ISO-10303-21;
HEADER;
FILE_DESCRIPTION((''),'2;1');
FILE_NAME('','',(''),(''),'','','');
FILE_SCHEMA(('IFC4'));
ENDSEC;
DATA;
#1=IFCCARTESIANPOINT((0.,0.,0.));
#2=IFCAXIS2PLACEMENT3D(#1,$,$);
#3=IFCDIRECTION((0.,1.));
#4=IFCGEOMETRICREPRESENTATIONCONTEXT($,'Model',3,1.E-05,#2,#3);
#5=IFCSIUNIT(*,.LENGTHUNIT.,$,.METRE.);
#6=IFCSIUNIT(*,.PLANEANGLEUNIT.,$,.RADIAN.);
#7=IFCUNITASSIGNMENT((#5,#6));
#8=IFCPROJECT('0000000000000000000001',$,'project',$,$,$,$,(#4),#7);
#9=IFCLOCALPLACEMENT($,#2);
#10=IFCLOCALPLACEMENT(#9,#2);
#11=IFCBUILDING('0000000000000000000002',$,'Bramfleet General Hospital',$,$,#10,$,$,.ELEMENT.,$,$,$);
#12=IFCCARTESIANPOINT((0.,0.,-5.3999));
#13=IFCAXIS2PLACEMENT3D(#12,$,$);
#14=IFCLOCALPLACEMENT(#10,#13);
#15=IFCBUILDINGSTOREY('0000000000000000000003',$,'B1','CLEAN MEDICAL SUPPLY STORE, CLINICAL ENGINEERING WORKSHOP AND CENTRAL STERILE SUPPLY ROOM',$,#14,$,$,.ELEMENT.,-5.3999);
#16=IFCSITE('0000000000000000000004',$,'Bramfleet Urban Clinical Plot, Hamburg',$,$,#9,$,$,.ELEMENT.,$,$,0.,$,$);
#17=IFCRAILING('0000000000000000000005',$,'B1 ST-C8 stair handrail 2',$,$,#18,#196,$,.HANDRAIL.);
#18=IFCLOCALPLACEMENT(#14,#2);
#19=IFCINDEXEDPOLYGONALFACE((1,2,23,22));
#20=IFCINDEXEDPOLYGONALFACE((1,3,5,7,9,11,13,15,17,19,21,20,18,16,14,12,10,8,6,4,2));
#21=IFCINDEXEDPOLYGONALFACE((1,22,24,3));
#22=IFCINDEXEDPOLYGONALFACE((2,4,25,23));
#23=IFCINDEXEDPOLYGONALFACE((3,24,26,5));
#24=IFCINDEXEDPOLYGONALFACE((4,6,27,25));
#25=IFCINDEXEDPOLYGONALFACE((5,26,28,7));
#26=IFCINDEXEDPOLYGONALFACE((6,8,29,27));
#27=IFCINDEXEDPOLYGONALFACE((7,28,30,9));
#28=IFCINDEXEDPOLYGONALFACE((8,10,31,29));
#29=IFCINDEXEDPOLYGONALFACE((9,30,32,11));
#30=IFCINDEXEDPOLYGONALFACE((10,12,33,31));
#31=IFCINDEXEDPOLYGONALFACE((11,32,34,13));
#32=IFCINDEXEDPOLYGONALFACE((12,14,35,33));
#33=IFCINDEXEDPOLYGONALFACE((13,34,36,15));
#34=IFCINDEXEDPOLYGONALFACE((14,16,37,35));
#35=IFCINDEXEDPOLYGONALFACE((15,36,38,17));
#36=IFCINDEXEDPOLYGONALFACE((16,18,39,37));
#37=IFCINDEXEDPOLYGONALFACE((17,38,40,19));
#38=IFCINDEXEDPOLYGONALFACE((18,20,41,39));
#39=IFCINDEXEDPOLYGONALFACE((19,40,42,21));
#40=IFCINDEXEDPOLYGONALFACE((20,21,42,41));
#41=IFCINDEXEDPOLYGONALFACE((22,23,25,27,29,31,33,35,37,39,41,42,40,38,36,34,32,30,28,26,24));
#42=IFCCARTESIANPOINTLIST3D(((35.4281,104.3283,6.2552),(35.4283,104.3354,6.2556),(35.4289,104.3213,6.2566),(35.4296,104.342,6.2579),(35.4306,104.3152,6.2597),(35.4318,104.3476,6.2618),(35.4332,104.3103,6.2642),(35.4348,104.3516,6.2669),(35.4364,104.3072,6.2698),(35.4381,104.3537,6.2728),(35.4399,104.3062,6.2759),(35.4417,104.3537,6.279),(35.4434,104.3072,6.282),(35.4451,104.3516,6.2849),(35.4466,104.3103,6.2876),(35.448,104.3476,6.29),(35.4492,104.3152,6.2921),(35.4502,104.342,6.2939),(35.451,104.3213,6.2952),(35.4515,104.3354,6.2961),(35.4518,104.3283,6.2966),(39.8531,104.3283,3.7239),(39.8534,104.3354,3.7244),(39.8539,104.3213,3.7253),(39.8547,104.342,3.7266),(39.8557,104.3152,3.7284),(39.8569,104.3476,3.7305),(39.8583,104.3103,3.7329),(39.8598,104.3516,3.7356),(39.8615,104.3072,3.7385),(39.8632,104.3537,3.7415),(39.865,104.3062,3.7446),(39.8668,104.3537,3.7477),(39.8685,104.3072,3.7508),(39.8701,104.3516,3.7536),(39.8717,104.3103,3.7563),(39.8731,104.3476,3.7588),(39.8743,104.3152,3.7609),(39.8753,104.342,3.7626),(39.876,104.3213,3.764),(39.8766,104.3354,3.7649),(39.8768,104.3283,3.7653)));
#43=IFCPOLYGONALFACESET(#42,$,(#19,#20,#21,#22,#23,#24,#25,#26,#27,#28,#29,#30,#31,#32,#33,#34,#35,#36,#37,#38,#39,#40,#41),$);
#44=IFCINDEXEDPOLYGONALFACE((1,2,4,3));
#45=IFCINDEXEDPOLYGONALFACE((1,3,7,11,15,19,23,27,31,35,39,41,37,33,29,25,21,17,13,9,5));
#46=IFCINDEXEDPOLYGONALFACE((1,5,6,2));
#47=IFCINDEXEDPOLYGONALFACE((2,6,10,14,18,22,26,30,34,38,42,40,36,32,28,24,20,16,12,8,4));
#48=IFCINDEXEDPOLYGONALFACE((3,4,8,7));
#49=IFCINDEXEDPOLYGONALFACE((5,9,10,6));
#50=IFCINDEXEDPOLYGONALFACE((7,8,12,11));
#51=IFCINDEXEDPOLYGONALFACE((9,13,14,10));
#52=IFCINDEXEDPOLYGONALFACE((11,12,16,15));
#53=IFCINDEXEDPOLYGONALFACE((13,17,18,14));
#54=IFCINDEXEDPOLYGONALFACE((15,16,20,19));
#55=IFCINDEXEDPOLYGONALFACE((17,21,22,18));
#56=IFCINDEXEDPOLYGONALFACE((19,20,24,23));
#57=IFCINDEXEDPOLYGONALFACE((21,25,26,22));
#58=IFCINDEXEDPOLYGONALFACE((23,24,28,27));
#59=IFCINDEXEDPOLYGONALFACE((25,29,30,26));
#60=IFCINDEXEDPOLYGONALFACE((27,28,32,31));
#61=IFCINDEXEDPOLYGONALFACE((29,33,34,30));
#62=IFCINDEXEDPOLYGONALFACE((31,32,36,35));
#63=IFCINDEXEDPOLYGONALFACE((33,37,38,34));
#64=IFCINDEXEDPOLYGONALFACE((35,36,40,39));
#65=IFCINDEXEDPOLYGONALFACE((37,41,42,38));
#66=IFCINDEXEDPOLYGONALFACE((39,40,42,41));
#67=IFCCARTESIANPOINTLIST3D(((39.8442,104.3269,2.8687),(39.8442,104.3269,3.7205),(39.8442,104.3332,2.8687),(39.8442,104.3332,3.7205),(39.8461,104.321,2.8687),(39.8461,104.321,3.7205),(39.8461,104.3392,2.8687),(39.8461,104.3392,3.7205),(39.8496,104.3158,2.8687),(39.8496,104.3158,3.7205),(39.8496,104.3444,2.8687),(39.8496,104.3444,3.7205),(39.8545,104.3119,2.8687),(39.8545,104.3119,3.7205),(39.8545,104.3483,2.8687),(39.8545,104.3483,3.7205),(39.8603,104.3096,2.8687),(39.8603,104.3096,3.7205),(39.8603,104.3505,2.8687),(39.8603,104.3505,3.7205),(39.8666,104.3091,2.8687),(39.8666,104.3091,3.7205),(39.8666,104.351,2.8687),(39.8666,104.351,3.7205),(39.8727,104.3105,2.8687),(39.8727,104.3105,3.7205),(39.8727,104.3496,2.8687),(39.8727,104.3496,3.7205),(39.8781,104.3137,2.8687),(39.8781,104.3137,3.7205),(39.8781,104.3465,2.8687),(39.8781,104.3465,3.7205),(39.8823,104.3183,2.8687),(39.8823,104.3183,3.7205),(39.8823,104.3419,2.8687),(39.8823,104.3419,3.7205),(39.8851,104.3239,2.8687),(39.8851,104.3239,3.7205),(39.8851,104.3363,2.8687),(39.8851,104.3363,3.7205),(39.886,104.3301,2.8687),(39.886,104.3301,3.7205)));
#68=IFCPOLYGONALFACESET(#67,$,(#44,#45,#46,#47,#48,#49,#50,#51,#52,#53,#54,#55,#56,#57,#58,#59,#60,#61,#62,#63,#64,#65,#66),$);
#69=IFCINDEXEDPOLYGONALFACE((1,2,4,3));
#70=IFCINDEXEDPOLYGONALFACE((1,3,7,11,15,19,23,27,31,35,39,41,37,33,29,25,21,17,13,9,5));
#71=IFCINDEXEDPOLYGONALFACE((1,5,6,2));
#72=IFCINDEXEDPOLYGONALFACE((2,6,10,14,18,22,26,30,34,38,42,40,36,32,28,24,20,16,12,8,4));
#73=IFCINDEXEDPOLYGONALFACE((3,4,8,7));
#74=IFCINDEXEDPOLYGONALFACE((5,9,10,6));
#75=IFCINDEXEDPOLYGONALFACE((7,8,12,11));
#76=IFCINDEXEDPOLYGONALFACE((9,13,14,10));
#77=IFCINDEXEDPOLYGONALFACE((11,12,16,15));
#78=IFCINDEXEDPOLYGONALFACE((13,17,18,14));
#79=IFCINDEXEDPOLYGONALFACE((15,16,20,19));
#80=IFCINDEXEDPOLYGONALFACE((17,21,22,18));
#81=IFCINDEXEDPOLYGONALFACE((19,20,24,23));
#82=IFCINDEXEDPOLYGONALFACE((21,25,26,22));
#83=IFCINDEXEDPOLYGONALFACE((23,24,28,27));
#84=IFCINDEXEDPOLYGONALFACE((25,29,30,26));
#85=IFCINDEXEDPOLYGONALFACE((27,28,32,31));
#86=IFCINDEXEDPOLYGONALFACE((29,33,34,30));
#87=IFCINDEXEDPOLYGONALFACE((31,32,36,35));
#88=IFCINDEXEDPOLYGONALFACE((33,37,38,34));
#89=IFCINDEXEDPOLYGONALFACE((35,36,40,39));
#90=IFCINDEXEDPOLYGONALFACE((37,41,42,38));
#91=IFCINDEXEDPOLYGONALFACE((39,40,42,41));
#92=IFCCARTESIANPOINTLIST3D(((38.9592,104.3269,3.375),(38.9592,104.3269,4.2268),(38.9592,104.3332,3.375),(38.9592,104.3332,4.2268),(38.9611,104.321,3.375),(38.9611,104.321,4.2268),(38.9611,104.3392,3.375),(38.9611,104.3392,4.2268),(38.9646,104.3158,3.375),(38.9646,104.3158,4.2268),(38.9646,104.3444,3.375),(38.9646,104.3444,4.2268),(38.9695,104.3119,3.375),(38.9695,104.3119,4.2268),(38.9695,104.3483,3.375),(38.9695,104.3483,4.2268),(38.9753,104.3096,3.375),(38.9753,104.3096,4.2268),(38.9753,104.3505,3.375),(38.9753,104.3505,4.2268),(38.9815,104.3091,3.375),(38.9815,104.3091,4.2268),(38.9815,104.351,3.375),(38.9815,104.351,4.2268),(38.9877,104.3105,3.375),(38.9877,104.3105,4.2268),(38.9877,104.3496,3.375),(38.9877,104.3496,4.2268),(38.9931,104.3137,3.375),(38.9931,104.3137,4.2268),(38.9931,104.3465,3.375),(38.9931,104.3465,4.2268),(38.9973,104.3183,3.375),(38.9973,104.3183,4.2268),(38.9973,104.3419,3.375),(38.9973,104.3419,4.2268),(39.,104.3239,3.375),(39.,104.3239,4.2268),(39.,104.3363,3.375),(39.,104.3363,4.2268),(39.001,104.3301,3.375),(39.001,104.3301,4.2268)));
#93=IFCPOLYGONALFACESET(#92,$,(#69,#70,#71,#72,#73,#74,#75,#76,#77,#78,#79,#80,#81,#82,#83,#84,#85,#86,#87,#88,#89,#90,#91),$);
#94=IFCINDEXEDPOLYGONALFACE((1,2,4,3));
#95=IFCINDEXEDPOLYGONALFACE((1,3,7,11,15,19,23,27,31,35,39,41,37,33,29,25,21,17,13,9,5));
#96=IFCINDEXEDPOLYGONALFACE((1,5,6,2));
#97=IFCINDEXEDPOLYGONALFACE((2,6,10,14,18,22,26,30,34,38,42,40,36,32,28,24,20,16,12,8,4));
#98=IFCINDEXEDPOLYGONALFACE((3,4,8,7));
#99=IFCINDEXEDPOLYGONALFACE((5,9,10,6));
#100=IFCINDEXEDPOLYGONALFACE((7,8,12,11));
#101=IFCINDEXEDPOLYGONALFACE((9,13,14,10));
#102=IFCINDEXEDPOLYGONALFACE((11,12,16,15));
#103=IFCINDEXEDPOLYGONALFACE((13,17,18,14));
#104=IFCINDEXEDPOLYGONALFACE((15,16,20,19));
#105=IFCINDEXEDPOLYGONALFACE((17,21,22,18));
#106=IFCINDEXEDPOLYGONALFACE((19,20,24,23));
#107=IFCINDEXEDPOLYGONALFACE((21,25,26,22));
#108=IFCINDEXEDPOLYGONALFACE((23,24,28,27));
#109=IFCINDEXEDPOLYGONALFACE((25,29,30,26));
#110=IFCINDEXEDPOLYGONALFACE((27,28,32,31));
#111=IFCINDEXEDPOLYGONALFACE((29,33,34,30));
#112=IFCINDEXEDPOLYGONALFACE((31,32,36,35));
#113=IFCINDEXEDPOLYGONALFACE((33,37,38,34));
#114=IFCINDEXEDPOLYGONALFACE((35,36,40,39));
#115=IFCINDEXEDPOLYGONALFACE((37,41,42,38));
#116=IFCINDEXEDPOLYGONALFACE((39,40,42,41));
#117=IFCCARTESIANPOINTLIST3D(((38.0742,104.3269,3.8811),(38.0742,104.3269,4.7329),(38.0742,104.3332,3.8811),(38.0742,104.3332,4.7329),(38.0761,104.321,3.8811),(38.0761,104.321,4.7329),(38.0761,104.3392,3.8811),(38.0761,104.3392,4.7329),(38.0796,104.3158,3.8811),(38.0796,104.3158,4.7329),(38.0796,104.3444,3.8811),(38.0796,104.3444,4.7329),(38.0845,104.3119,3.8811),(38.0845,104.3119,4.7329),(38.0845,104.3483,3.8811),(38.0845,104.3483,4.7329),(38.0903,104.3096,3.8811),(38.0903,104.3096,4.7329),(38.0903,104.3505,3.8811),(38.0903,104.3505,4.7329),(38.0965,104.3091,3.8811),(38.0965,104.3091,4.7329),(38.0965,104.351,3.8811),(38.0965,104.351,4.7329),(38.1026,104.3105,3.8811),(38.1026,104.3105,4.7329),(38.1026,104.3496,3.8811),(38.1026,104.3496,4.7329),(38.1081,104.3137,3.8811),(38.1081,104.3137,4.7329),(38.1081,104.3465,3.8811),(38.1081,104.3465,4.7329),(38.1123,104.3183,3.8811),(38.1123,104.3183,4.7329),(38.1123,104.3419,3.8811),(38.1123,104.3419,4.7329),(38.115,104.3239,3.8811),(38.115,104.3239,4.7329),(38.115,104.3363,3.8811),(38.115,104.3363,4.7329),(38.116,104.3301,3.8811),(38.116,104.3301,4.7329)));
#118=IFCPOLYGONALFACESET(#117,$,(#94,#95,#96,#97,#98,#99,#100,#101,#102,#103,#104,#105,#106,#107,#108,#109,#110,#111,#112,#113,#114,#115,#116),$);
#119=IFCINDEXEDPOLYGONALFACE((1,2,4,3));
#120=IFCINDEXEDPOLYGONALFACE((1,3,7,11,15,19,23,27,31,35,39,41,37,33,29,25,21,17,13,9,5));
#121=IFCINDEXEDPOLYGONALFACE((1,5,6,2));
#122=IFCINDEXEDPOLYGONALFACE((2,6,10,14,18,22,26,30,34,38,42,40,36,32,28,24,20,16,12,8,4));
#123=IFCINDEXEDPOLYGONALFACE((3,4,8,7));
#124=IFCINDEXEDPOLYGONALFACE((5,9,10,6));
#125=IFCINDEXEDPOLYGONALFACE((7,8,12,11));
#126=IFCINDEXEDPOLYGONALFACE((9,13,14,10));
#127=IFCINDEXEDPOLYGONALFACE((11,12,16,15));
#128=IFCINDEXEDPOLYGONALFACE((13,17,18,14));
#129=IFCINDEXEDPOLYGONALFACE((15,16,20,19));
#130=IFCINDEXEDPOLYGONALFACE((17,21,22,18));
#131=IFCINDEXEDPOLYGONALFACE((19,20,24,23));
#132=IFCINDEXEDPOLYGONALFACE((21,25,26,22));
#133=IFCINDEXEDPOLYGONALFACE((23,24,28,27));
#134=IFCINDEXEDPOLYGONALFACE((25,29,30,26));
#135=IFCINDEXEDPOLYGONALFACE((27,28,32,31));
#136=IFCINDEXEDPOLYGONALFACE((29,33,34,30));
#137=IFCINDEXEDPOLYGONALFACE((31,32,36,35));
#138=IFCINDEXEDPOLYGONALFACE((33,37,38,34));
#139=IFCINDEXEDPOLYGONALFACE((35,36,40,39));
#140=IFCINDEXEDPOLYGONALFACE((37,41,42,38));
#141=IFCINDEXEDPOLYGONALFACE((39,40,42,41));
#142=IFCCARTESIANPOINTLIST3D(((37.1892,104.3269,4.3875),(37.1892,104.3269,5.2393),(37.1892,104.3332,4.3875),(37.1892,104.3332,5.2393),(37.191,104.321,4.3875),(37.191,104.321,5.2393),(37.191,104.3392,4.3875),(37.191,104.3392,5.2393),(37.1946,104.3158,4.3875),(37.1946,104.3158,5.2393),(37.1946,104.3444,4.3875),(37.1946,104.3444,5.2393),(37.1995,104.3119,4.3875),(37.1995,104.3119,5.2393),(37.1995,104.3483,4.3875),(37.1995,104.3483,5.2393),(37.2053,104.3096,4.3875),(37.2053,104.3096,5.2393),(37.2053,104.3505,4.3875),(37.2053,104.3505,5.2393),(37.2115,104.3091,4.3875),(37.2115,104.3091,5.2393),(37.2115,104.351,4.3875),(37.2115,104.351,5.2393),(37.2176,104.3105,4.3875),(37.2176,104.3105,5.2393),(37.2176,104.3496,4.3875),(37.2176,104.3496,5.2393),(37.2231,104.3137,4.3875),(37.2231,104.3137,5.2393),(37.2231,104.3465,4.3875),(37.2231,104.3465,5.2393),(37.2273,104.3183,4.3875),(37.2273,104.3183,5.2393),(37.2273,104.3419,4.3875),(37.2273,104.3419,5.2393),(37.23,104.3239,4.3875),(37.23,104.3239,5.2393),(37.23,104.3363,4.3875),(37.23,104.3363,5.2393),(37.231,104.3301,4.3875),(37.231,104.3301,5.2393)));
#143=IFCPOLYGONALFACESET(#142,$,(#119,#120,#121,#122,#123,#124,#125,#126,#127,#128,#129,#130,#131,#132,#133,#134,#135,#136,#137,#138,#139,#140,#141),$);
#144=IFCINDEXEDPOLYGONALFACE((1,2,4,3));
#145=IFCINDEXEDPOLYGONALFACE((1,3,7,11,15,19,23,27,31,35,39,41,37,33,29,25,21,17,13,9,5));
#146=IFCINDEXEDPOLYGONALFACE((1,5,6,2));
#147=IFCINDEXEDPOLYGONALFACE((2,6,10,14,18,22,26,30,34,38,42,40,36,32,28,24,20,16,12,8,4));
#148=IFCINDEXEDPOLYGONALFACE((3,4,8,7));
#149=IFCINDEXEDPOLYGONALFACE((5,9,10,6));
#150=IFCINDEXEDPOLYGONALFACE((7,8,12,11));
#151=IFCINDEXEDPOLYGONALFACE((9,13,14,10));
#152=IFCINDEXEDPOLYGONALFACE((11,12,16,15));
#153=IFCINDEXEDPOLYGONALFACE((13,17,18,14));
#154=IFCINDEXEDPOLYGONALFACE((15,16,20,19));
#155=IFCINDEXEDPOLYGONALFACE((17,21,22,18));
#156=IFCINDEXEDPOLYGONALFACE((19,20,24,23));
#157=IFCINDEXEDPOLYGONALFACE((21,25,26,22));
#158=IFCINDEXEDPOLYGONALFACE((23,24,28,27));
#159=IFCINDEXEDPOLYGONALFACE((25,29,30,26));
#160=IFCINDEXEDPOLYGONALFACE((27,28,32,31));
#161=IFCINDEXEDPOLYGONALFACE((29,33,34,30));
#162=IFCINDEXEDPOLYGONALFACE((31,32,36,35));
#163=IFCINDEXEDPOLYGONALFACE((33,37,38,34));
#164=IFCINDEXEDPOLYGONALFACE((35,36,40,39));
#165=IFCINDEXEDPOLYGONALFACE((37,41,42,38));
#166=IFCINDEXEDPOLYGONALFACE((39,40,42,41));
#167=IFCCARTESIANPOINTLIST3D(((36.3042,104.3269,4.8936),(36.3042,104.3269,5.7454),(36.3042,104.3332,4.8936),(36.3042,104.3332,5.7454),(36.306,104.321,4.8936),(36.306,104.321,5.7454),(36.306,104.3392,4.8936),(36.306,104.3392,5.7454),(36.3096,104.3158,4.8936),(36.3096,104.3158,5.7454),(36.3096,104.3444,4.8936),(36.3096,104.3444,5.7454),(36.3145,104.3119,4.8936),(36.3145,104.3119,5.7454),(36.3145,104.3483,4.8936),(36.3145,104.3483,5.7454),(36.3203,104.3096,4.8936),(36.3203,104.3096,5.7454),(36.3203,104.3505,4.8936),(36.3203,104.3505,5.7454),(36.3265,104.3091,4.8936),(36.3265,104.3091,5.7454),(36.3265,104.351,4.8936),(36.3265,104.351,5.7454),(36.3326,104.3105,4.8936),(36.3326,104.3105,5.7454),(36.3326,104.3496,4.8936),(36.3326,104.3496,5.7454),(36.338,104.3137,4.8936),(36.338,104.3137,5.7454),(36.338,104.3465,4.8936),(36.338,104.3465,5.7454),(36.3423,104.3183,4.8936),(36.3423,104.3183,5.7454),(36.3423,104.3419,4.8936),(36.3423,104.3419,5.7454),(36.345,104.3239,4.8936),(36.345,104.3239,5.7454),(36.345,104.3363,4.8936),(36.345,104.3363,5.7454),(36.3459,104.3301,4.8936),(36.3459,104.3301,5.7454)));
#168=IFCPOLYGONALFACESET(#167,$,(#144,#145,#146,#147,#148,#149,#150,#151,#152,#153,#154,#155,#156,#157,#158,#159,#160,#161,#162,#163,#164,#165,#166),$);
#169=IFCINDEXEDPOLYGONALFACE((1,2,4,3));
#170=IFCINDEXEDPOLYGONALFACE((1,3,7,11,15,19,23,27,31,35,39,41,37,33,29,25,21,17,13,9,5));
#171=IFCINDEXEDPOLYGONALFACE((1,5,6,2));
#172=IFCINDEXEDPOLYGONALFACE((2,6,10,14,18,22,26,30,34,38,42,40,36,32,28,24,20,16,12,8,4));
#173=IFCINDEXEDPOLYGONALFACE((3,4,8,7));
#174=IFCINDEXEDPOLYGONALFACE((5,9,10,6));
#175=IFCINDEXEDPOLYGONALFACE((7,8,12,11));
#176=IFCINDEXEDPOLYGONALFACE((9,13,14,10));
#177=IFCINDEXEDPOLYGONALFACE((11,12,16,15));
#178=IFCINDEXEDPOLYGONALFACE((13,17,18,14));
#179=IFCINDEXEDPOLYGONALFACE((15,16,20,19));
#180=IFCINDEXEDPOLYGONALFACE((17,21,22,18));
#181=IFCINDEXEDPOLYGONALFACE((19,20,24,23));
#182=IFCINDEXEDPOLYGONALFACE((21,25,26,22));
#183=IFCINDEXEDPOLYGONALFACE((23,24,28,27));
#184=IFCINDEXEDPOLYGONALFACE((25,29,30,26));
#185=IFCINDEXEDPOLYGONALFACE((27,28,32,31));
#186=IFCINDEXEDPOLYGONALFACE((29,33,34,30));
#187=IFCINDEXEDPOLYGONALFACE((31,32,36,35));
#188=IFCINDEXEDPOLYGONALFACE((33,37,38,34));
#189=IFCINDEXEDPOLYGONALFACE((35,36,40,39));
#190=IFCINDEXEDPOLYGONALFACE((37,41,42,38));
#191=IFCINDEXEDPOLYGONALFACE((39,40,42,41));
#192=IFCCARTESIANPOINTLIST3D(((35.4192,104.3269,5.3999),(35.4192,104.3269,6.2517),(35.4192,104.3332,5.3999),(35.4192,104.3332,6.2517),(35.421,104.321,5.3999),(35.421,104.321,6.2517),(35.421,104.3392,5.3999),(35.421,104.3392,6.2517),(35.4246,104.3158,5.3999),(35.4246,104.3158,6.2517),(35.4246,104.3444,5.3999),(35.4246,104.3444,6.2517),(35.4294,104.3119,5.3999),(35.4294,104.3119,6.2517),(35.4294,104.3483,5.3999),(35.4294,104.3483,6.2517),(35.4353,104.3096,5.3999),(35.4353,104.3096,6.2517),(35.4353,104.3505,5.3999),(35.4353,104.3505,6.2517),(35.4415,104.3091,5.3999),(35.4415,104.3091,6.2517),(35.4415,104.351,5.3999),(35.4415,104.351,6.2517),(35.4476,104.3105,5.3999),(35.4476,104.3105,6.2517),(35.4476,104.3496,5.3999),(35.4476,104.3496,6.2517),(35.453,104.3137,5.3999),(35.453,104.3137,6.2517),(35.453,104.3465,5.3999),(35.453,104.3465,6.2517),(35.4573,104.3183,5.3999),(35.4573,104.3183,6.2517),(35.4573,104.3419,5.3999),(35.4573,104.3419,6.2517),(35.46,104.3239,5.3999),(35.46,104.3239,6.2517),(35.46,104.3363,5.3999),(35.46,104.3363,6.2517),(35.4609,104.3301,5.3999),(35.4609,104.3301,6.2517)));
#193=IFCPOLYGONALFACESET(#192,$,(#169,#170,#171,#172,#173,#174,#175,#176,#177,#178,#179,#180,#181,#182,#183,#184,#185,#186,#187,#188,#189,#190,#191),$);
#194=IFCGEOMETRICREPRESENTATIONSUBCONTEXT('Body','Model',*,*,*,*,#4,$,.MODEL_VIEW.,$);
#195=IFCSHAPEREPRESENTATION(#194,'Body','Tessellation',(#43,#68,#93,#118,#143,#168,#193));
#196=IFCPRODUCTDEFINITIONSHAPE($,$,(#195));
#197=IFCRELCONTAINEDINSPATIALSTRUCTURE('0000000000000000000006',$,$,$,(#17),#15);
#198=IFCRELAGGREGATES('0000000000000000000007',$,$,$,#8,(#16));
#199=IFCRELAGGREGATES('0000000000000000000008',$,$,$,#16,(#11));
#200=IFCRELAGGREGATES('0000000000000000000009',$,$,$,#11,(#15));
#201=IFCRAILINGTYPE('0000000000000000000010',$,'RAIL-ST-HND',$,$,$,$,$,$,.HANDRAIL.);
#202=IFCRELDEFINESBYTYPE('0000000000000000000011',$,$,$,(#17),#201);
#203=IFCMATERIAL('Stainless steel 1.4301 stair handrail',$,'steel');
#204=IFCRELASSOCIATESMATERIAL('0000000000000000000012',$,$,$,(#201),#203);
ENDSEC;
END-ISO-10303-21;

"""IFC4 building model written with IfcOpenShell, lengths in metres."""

from ifc_helpers import new_model, si_unit, direction, frame, origin, origin_2d, place, context, subcontext, project, spatial, circle, extrude, material, type_object, element, save


model = new_model("IFC4")

# Units and contexts
model_context = context("Model", 3, precision=1e-05, world=origin(), true_north=direction((0.0, 1.0)))
body_context = subcontext(model_context, "Body", "Model", "MODEL_VIEW")
ifc_project = project(units=[si_unit("LENGTHUNIT", "METRE"), si_unit("PLANEANGLEUNIT", "RADIAN")], contexts=[model_context])

# Site, building, storey
site_placement = place(None, origin())
site = spatial("IfcSite", under=ifc_project, at=site_placement, Name="Bramfleet Urban Clinical Plot, Hamburg", CompositionType="ELEMENT", RefElevation=0.0)
building_placement = place(site_placement, origin())
building = spatial("IfcBuilding", under=site, at=building_placement, Name="Bramfleet General Hospital", CompositionType="ELEMENT")
storey_placement = place(building_placement, frame((0.0, 0.0, -5.3999)))
storey = spatial("IfcBuildingStorey", under=building, at=storey_placement, Name="B1", Description="CLEAN MEDICAL SUPPLY STORE, CLINICAL ENGINEERING WORKSHOP AND CENTRAL STERILE SUPPLY ROOM", CompositionType="ELEMENT", Elevation=-5.3999)

# Railing
ifc_material_1 = material(Name="Stainless steel 1.4301 stair handrail", Category="steel")
railing_type_1 = type_object("IfcRailingType", Name="RAIL-ST-HND", PredefinedType="HANDRAIL", material=ifc_material_1)
railing_1_placement = place(storey_placement, frame((39.865, 104.3301, 2.8687)))
element("IfcRailing", 1, at=railing_1_placement, inside=storey, type_object=railing_type_1, Name="B1 ST-C8 stair handrail 2", PredefinedType="HANDRAIL", context=body_context, shape_type="SweptSolid", body=[
    extrude(circle(Radius=0.0239, at=origin_2d()), frame((0.0, 0.0, 0.876), z_axis=(-0.868019, 0.0, 0.496531), x_axis=(0.0, -1.0, 0.0)), (0.0, 0.0, 1.0), 5.0979),
    extrude(circle(Radius=0.021, at=origin_2d()), origin(), (0.0, 0.0, 1.0), 0.8518),
    extrude(circle(Radius=0.021, at=origin_2d()), frame((-0.885, 0.0, 0.5063)), (0.0, 0.0, 1.0), 0.8518),
    extrude(circle(Radius=0.021, at=origin_2d()), frame((-1.77, 0.0, 1.0125)), (0.0, 0.0, 1.0), 0.8518),
    extrude(circle(Radius=0.021, at=origin_2d()), frame((-2.655, 0.0, 1.5188)), (0.0, 0.0, 1.0), 0.8518),
    extrude(circle(Radius=0.021, at=origin_2d()), frame((-3.54, 0.0, 2.0249)), (0.0, 0.0, 1.0), 0.8518),
    extrude(circle(Radius=0.021, at=origin_2d()), frame((-4.425, 0.0, 2.5312)), (0.0, 0.0, 1.0), 0.8518),
])

save(model, "model.ifc")
